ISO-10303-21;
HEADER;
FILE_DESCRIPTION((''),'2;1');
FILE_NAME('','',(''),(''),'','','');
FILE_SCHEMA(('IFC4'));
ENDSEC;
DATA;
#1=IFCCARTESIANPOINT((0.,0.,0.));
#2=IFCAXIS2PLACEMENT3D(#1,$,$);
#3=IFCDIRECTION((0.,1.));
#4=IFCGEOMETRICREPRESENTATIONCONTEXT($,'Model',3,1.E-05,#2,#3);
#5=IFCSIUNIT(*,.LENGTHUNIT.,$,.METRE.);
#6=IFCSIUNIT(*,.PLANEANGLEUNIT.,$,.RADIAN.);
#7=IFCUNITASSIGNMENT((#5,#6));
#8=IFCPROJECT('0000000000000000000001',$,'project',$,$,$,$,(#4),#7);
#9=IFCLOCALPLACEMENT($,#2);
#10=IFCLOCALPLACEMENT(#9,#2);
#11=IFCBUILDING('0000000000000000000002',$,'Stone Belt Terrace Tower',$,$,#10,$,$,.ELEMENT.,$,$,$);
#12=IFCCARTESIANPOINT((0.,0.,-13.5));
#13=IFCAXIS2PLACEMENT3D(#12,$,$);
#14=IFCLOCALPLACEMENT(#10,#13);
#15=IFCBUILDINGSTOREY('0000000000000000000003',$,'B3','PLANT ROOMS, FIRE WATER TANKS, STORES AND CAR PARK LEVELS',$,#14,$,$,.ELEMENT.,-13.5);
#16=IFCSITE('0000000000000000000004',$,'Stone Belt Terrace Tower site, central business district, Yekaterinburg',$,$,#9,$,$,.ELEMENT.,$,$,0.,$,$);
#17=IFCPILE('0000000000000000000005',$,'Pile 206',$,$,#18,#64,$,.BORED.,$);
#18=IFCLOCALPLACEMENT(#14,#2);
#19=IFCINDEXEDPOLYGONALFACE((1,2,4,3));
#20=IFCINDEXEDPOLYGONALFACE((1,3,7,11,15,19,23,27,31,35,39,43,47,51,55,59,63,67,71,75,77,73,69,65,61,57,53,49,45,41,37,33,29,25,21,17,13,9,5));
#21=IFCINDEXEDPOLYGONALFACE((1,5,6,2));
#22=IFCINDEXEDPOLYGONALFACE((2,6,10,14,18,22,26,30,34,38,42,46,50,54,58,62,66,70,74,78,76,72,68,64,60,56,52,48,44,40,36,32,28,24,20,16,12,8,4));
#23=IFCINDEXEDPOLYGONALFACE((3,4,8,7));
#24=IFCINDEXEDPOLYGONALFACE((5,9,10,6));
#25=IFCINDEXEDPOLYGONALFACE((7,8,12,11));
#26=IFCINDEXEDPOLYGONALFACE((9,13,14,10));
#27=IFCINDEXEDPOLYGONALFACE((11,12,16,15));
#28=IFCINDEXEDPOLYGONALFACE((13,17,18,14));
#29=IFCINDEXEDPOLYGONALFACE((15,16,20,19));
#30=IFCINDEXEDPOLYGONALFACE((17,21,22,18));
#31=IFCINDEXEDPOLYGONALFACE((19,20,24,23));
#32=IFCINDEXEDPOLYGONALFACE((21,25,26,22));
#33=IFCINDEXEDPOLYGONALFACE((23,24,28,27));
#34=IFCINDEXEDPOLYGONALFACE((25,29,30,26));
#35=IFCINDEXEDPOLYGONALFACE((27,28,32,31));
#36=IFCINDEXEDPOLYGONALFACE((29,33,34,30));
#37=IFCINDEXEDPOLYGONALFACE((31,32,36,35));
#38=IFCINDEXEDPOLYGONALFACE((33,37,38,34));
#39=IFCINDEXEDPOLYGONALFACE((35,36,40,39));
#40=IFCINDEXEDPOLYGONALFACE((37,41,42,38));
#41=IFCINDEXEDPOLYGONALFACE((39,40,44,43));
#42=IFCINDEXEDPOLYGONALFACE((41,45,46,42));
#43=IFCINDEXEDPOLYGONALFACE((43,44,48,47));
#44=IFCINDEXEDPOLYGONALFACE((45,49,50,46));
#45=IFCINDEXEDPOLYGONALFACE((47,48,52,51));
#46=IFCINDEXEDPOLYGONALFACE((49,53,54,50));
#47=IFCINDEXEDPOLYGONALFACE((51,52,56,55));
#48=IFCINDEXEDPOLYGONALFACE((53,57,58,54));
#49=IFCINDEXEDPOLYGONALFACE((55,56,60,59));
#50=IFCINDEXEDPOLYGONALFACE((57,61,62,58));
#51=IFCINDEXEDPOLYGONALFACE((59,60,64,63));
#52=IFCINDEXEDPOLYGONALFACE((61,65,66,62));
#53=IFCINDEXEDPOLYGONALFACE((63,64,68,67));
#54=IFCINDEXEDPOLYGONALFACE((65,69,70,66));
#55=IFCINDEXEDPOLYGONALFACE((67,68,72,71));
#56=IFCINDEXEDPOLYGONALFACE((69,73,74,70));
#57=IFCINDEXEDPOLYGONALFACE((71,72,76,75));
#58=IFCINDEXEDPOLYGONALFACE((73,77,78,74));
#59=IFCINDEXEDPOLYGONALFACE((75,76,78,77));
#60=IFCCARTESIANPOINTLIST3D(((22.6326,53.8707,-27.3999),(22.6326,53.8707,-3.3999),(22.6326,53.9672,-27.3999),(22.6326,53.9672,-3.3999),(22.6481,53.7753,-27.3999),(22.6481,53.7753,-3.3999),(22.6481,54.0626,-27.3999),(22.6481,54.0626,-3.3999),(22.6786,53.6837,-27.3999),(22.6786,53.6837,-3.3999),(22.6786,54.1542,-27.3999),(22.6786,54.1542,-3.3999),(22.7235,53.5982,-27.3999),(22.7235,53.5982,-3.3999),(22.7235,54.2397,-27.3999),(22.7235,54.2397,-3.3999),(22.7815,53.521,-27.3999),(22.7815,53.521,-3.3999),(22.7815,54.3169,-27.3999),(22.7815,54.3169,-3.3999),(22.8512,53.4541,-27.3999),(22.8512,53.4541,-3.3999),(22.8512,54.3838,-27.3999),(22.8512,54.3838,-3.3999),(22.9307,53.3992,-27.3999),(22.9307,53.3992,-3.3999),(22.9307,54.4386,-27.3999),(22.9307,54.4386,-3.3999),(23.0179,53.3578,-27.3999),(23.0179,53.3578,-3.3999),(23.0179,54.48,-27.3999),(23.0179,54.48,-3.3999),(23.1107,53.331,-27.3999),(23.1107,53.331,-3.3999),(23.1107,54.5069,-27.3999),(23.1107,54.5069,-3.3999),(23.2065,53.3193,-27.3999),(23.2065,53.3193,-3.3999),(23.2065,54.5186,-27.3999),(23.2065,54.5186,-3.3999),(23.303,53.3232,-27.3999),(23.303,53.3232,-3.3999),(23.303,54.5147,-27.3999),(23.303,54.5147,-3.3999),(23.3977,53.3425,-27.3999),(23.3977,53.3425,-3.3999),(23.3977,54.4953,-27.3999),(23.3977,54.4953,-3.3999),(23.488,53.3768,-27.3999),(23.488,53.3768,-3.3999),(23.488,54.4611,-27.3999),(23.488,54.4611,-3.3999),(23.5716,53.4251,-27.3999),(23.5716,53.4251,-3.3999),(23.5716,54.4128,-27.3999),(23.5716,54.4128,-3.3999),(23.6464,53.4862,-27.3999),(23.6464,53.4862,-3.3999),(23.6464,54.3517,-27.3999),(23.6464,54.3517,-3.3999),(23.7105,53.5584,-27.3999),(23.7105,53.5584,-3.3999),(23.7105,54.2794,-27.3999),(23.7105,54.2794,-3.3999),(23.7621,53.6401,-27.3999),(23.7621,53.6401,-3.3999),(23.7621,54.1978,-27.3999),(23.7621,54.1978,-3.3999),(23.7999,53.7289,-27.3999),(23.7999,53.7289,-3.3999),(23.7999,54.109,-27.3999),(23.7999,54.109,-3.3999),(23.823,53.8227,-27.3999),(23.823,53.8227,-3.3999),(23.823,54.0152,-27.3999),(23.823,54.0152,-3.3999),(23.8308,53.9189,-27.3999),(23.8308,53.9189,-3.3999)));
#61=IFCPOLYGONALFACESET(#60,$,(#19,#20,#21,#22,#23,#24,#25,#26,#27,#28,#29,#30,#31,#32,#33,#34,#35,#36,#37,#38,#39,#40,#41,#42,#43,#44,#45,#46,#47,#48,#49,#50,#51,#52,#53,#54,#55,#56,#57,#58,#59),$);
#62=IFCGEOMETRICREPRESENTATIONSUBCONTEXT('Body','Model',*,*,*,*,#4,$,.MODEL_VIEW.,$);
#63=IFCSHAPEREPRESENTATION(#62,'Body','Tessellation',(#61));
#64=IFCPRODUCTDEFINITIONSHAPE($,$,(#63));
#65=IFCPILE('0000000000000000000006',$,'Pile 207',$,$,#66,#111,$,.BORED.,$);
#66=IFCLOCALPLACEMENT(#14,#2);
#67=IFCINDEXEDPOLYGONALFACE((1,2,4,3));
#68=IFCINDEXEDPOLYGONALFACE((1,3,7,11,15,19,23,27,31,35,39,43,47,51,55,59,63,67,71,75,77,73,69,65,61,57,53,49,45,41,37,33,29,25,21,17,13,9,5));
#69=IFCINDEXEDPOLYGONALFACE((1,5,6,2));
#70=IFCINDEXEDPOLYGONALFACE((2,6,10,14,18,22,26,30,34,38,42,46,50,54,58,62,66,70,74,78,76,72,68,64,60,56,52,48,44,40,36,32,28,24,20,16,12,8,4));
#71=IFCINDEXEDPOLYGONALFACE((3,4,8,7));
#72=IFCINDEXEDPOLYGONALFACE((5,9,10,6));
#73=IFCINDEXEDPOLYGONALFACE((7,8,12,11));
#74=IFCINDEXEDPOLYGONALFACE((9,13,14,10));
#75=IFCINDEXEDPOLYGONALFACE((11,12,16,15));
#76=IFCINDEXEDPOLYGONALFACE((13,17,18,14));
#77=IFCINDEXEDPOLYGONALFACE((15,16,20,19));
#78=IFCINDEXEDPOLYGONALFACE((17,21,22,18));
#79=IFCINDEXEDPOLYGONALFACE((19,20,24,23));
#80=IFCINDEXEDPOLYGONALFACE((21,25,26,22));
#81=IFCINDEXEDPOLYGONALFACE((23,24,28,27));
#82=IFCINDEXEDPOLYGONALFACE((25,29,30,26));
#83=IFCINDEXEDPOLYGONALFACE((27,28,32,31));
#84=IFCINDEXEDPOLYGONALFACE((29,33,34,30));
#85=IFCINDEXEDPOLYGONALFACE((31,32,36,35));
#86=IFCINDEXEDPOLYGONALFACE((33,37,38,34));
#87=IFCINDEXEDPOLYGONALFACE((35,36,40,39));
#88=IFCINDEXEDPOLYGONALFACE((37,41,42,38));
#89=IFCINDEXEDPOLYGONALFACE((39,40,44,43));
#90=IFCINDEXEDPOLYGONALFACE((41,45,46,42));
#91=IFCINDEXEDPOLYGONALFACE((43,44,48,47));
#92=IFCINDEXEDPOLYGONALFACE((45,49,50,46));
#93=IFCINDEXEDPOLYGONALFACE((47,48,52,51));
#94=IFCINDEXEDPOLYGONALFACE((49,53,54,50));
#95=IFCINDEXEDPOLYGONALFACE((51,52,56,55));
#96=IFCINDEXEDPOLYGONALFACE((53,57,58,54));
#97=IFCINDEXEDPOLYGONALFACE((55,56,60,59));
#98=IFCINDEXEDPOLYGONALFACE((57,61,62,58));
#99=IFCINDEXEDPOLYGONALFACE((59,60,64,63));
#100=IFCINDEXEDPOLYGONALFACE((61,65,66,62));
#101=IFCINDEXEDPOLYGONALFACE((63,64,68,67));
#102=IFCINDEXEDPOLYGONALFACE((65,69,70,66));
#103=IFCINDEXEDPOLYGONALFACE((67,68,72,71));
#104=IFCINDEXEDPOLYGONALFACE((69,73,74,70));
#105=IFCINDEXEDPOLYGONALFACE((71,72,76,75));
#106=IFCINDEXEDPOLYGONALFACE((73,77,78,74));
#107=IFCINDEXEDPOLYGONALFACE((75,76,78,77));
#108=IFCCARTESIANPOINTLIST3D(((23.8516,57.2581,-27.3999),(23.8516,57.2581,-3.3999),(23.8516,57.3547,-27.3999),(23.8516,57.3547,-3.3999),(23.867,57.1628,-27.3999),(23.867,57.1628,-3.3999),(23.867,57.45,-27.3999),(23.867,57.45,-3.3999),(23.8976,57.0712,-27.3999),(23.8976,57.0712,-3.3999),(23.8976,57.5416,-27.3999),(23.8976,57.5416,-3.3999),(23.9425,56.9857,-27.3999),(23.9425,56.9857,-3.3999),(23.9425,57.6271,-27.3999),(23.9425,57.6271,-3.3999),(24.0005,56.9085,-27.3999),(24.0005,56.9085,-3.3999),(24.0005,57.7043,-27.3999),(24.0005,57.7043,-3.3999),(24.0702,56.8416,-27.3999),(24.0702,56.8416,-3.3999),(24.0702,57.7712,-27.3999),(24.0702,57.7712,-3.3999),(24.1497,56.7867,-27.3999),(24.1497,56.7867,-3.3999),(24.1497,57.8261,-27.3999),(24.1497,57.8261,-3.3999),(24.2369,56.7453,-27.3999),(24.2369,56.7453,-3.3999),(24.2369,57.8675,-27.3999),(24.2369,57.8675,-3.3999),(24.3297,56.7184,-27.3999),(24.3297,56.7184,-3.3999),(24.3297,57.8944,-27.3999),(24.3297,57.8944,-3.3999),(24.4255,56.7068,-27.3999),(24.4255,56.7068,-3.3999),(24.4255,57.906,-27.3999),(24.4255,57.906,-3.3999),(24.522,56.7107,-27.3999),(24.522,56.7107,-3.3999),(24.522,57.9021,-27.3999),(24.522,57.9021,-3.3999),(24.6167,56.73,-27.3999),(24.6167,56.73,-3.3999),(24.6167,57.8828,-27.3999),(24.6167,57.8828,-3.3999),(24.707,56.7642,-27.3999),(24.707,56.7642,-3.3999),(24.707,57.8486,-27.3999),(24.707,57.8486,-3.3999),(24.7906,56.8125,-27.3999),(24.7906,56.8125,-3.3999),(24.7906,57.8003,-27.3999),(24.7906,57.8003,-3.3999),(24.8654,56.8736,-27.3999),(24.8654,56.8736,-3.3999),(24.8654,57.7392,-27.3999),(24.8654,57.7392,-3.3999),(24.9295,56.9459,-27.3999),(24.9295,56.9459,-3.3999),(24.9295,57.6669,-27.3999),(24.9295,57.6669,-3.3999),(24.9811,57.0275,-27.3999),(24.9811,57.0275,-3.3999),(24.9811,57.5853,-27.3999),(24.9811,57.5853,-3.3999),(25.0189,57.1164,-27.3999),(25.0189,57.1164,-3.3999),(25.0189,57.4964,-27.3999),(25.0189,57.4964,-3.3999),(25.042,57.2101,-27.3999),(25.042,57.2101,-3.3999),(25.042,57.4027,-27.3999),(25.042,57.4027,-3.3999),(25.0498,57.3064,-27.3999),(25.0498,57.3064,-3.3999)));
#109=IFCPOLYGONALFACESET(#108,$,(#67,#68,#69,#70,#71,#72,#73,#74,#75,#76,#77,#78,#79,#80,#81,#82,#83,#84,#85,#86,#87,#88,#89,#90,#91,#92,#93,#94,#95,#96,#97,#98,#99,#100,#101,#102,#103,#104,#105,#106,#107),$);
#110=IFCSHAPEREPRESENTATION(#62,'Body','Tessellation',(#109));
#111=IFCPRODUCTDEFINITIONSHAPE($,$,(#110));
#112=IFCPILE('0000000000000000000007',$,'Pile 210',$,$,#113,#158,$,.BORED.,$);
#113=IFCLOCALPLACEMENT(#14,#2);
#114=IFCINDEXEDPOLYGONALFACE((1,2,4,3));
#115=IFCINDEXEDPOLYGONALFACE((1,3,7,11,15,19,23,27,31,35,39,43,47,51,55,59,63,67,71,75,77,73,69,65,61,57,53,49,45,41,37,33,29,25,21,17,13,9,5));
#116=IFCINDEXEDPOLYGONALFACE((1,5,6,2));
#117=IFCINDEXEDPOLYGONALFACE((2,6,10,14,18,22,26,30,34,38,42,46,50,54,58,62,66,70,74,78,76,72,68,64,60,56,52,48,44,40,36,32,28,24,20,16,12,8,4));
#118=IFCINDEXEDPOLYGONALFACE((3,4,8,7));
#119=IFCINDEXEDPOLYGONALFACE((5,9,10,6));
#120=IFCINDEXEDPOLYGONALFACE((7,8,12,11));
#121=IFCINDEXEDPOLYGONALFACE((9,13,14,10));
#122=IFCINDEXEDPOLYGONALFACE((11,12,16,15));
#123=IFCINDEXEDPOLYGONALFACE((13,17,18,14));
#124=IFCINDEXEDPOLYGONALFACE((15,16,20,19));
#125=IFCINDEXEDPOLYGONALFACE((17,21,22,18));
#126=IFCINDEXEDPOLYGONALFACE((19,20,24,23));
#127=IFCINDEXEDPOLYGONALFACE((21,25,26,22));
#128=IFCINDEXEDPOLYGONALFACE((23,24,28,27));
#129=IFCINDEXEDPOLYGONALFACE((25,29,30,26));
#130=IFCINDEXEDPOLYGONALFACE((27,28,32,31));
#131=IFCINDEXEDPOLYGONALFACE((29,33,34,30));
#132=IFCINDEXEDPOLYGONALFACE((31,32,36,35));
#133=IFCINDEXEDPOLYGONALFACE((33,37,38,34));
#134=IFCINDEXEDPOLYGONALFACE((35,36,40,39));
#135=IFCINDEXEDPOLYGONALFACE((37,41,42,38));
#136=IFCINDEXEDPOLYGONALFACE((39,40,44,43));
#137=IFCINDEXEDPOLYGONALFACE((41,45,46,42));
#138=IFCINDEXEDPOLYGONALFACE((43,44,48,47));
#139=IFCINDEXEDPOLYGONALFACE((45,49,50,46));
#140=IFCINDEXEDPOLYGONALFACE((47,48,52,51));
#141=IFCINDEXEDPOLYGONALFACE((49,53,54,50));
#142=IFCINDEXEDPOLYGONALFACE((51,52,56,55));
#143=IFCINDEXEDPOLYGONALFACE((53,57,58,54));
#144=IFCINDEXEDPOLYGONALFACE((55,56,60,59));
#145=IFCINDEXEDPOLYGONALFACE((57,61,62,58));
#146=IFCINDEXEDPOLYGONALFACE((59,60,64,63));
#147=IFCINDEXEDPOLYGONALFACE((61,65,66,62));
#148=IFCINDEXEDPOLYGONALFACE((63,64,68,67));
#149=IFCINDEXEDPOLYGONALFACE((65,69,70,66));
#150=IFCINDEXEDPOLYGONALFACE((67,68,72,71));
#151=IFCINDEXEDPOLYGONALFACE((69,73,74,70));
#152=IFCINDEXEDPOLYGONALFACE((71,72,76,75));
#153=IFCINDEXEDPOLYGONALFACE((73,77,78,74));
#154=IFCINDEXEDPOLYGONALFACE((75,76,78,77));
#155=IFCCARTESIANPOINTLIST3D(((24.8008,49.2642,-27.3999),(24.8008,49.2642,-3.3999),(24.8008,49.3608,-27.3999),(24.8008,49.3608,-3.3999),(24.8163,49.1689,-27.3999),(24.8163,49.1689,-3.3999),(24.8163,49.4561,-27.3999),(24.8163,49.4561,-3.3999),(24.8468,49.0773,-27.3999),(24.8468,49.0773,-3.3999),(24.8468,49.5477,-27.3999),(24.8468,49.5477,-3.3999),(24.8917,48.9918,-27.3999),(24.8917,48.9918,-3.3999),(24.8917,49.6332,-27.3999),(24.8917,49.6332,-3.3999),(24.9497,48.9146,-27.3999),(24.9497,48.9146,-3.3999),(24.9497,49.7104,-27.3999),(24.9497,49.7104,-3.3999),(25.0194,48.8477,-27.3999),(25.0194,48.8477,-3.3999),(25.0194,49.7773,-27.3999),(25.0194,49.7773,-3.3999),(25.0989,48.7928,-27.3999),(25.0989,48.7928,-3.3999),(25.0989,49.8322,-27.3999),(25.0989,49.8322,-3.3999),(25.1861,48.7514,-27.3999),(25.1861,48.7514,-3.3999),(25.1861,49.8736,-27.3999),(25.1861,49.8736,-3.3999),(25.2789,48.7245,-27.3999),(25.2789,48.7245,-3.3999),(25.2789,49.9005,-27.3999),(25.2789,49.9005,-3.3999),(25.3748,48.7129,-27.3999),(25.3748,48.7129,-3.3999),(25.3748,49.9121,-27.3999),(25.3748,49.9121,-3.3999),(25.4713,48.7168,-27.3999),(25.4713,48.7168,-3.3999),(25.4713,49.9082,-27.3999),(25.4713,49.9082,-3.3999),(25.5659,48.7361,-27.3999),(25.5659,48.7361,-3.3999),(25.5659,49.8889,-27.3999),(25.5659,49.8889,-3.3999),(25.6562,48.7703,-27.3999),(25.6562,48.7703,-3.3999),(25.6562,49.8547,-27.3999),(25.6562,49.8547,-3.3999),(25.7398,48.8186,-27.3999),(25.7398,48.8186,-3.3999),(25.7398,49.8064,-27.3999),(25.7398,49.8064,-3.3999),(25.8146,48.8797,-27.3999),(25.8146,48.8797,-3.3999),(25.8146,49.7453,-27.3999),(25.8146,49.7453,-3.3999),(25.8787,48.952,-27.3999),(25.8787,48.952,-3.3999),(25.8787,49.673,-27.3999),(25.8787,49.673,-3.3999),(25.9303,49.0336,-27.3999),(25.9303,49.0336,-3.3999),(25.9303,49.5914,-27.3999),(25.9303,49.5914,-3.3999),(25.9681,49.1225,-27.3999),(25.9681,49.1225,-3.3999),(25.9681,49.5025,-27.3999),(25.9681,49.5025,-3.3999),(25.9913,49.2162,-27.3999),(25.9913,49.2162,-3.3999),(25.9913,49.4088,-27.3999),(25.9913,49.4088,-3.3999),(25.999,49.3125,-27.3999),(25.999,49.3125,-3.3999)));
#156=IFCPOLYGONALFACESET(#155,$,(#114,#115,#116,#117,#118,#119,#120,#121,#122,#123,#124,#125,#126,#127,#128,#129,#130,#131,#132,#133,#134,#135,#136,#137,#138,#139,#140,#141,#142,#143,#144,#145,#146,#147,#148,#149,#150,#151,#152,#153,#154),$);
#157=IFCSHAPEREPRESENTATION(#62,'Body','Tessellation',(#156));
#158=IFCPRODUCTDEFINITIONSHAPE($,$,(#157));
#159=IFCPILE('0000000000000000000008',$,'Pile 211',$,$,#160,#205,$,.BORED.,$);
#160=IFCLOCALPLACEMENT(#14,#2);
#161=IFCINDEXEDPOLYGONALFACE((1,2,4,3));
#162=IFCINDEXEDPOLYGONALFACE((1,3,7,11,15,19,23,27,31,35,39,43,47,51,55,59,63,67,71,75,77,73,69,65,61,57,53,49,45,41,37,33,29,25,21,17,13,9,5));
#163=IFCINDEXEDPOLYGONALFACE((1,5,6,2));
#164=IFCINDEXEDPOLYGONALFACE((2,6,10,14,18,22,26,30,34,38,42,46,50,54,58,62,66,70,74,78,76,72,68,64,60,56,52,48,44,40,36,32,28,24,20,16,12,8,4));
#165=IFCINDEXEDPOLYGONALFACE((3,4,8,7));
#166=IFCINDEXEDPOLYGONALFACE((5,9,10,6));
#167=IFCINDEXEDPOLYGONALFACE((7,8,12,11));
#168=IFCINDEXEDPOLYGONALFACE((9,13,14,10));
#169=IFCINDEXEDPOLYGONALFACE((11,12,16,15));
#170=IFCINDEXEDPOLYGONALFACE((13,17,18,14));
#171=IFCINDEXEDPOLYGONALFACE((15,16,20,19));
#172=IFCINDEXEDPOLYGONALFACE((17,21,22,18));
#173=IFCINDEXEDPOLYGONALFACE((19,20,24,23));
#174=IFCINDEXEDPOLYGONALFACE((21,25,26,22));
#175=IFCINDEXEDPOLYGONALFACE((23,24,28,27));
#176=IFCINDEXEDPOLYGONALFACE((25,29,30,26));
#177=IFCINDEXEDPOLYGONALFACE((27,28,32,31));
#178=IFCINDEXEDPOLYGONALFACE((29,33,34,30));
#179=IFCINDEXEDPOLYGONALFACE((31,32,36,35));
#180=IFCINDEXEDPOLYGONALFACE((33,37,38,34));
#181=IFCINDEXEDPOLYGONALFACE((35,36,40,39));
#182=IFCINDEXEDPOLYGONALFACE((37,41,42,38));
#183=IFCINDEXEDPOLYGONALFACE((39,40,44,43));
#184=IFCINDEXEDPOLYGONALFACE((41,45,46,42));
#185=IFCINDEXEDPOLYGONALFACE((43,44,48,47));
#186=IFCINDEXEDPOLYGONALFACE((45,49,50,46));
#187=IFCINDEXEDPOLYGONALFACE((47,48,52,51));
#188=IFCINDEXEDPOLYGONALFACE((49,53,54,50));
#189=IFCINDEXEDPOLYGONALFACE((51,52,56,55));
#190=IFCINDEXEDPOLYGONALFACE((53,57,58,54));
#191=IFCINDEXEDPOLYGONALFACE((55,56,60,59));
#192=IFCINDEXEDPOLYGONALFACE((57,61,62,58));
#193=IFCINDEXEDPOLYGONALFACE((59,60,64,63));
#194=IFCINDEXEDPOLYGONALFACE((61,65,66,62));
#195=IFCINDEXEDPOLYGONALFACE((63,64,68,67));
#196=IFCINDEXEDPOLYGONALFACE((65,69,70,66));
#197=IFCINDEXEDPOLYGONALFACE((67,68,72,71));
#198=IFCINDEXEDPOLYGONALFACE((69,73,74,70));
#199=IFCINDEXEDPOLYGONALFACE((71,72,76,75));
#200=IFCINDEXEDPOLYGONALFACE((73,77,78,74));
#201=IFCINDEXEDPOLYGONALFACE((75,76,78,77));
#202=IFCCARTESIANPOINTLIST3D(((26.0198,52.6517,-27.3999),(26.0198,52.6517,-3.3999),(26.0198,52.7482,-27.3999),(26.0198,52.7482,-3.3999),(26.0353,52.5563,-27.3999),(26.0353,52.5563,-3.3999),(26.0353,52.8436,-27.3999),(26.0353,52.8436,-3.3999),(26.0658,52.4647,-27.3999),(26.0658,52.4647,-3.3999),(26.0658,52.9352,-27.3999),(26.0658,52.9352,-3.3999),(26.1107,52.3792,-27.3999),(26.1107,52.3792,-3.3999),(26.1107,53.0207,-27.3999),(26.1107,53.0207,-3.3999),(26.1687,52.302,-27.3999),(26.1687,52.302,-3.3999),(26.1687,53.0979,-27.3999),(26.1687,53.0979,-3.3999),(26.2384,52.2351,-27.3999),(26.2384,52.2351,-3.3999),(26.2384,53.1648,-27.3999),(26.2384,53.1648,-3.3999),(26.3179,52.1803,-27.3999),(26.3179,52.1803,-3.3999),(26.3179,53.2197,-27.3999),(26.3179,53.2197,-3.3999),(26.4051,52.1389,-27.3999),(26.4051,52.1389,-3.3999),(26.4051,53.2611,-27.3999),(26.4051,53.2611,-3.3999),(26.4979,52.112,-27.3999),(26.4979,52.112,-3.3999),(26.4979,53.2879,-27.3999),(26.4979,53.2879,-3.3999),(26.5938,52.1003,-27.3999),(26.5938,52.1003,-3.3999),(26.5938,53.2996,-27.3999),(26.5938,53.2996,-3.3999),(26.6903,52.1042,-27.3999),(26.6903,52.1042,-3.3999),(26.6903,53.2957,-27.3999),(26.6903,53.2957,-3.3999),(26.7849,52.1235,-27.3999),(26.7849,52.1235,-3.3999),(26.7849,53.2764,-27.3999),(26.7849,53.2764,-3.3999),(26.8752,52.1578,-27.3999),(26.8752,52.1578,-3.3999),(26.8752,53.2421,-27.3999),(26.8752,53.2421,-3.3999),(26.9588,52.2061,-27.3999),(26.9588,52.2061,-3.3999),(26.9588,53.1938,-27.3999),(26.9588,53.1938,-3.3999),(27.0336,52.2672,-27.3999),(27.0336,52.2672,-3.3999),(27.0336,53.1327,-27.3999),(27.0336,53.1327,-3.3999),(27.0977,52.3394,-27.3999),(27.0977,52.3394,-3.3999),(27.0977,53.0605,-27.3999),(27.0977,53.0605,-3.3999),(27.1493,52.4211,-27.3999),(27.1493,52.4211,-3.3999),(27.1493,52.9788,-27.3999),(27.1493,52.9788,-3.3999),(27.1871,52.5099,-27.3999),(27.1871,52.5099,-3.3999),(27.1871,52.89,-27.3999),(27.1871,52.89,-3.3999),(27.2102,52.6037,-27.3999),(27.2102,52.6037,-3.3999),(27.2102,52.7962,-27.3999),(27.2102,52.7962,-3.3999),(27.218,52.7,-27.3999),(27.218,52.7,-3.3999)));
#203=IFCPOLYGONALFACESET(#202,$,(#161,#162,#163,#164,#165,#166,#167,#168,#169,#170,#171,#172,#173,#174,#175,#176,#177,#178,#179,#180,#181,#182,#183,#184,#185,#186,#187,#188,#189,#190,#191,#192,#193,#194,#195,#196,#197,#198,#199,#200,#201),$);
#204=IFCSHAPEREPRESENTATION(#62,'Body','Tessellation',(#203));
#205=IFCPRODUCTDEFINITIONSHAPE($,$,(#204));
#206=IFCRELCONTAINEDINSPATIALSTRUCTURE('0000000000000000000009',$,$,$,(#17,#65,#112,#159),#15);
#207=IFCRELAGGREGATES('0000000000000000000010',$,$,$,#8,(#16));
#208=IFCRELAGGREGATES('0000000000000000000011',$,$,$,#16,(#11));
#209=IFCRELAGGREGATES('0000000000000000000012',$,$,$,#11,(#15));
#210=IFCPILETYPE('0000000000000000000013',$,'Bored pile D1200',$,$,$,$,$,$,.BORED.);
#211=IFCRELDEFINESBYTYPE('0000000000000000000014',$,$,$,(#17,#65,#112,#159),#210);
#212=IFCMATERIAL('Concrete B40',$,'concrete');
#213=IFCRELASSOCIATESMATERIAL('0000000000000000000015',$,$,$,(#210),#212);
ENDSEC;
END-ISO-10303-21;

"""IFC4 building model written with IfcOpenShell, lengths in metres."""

from ifc_helpers import new_model, si_unit, direction, frame, origin, origin_2d, place, context, subcontext, project, spatial, circle, extrude, material, material_profile, profile_set, type_object, element, save


model = new_model("IFC4")

# Units and contexts
model_context = context("Model", 3, precision=1e-05, world=origin(), true_north=direction((0.0, 1.0)))
body_context = subcontext(model_context, "Body", "Model", "MODEL_VIEW")
ifc_project = project(units=[si_unit("LENGTHUNIT", "METRE"), si_unit("PLANEANGLEUNIT", "RADIAN")], contexts=[model_context])

# Site, building, storey
site_placement = place(None, origin())
site = spatial("IfcSite", under=ifc_project, at=site_placement, Name="Stone Belt Terrace Tower site, central business district, Yekaterinburg", CompositionType="ELEMENT", RefElevation=0.0)
building_placement = place(site_placement, origin())
building = spatial("IfcBuilding", under=site, at=building_placement, Name="Stone Belt Terrace Tower", CompositionType="ELEMENT")
storey_placement = place(building_placement, frame((0.0, 0.0, -13.5)))
storey = spatial("IfcBuildingStorey", under=building, at=storey_placement, Name="B3", Description="PLANT ROOMS, FIRE WATER TANKS, STORES AND CAR PARK LEVELS", CompositionType="ELEMENT", Elevation=-13.5)

# Piles
ifc_material_1 = material(Name="Concrete B40", Category="concrete")
ifc_material_profile_1 = material_profile(ifc_material_1, circle(Radius=0.6001, at=origin_2d()), Name="PILE D1200")
ifc_profile_set_1 = profile_set([ifc_material_profile_1], Name="Concrete B40")
pile_type = type_object("IfcPileType", Name="Bored pile D1200", PredefinedType="BORED", material=ifc_profile_set_1)
for number, where, z_axis, x_axis, name in (
    (1, (23.2307, 53.9189, -3.3999), (0.0, 0.0, -1.0), (1.0, 0.0, 0.0), "Pile 206"),
    (2, (24.4497, 57.3064, -3.3999), (0.0, 0.0, -1.0), (1.0, 0.0, 0.0), "Pile 207"),
    (3, (25.3989, 49.3125, -3.3999), (0.0, 0.0, -1.0), (1.0, 0.0, 0.0), "Pile 210"),
    (4, (26.6179, 52.7, -3.3999), (0.0, 0.0, -1.0), (1.0, 0.0, 0.0), "Pile 211"),
):
    element("IfcPile", number, at=place(storey_placement, frame(where, z_axis=z_axis, x_axis=x_axis)), inside=storey, type_object=pile_type, Name=name, PredefinedType="BORED", context=body_context, shape_type="SweptSolid", body=[
        extrude(circle(Radius=0.6001, at=origin_2d()), origin(), (0.0, 0.0, 1.0), 24.0),
    ])

save(model, "model.ifc")
